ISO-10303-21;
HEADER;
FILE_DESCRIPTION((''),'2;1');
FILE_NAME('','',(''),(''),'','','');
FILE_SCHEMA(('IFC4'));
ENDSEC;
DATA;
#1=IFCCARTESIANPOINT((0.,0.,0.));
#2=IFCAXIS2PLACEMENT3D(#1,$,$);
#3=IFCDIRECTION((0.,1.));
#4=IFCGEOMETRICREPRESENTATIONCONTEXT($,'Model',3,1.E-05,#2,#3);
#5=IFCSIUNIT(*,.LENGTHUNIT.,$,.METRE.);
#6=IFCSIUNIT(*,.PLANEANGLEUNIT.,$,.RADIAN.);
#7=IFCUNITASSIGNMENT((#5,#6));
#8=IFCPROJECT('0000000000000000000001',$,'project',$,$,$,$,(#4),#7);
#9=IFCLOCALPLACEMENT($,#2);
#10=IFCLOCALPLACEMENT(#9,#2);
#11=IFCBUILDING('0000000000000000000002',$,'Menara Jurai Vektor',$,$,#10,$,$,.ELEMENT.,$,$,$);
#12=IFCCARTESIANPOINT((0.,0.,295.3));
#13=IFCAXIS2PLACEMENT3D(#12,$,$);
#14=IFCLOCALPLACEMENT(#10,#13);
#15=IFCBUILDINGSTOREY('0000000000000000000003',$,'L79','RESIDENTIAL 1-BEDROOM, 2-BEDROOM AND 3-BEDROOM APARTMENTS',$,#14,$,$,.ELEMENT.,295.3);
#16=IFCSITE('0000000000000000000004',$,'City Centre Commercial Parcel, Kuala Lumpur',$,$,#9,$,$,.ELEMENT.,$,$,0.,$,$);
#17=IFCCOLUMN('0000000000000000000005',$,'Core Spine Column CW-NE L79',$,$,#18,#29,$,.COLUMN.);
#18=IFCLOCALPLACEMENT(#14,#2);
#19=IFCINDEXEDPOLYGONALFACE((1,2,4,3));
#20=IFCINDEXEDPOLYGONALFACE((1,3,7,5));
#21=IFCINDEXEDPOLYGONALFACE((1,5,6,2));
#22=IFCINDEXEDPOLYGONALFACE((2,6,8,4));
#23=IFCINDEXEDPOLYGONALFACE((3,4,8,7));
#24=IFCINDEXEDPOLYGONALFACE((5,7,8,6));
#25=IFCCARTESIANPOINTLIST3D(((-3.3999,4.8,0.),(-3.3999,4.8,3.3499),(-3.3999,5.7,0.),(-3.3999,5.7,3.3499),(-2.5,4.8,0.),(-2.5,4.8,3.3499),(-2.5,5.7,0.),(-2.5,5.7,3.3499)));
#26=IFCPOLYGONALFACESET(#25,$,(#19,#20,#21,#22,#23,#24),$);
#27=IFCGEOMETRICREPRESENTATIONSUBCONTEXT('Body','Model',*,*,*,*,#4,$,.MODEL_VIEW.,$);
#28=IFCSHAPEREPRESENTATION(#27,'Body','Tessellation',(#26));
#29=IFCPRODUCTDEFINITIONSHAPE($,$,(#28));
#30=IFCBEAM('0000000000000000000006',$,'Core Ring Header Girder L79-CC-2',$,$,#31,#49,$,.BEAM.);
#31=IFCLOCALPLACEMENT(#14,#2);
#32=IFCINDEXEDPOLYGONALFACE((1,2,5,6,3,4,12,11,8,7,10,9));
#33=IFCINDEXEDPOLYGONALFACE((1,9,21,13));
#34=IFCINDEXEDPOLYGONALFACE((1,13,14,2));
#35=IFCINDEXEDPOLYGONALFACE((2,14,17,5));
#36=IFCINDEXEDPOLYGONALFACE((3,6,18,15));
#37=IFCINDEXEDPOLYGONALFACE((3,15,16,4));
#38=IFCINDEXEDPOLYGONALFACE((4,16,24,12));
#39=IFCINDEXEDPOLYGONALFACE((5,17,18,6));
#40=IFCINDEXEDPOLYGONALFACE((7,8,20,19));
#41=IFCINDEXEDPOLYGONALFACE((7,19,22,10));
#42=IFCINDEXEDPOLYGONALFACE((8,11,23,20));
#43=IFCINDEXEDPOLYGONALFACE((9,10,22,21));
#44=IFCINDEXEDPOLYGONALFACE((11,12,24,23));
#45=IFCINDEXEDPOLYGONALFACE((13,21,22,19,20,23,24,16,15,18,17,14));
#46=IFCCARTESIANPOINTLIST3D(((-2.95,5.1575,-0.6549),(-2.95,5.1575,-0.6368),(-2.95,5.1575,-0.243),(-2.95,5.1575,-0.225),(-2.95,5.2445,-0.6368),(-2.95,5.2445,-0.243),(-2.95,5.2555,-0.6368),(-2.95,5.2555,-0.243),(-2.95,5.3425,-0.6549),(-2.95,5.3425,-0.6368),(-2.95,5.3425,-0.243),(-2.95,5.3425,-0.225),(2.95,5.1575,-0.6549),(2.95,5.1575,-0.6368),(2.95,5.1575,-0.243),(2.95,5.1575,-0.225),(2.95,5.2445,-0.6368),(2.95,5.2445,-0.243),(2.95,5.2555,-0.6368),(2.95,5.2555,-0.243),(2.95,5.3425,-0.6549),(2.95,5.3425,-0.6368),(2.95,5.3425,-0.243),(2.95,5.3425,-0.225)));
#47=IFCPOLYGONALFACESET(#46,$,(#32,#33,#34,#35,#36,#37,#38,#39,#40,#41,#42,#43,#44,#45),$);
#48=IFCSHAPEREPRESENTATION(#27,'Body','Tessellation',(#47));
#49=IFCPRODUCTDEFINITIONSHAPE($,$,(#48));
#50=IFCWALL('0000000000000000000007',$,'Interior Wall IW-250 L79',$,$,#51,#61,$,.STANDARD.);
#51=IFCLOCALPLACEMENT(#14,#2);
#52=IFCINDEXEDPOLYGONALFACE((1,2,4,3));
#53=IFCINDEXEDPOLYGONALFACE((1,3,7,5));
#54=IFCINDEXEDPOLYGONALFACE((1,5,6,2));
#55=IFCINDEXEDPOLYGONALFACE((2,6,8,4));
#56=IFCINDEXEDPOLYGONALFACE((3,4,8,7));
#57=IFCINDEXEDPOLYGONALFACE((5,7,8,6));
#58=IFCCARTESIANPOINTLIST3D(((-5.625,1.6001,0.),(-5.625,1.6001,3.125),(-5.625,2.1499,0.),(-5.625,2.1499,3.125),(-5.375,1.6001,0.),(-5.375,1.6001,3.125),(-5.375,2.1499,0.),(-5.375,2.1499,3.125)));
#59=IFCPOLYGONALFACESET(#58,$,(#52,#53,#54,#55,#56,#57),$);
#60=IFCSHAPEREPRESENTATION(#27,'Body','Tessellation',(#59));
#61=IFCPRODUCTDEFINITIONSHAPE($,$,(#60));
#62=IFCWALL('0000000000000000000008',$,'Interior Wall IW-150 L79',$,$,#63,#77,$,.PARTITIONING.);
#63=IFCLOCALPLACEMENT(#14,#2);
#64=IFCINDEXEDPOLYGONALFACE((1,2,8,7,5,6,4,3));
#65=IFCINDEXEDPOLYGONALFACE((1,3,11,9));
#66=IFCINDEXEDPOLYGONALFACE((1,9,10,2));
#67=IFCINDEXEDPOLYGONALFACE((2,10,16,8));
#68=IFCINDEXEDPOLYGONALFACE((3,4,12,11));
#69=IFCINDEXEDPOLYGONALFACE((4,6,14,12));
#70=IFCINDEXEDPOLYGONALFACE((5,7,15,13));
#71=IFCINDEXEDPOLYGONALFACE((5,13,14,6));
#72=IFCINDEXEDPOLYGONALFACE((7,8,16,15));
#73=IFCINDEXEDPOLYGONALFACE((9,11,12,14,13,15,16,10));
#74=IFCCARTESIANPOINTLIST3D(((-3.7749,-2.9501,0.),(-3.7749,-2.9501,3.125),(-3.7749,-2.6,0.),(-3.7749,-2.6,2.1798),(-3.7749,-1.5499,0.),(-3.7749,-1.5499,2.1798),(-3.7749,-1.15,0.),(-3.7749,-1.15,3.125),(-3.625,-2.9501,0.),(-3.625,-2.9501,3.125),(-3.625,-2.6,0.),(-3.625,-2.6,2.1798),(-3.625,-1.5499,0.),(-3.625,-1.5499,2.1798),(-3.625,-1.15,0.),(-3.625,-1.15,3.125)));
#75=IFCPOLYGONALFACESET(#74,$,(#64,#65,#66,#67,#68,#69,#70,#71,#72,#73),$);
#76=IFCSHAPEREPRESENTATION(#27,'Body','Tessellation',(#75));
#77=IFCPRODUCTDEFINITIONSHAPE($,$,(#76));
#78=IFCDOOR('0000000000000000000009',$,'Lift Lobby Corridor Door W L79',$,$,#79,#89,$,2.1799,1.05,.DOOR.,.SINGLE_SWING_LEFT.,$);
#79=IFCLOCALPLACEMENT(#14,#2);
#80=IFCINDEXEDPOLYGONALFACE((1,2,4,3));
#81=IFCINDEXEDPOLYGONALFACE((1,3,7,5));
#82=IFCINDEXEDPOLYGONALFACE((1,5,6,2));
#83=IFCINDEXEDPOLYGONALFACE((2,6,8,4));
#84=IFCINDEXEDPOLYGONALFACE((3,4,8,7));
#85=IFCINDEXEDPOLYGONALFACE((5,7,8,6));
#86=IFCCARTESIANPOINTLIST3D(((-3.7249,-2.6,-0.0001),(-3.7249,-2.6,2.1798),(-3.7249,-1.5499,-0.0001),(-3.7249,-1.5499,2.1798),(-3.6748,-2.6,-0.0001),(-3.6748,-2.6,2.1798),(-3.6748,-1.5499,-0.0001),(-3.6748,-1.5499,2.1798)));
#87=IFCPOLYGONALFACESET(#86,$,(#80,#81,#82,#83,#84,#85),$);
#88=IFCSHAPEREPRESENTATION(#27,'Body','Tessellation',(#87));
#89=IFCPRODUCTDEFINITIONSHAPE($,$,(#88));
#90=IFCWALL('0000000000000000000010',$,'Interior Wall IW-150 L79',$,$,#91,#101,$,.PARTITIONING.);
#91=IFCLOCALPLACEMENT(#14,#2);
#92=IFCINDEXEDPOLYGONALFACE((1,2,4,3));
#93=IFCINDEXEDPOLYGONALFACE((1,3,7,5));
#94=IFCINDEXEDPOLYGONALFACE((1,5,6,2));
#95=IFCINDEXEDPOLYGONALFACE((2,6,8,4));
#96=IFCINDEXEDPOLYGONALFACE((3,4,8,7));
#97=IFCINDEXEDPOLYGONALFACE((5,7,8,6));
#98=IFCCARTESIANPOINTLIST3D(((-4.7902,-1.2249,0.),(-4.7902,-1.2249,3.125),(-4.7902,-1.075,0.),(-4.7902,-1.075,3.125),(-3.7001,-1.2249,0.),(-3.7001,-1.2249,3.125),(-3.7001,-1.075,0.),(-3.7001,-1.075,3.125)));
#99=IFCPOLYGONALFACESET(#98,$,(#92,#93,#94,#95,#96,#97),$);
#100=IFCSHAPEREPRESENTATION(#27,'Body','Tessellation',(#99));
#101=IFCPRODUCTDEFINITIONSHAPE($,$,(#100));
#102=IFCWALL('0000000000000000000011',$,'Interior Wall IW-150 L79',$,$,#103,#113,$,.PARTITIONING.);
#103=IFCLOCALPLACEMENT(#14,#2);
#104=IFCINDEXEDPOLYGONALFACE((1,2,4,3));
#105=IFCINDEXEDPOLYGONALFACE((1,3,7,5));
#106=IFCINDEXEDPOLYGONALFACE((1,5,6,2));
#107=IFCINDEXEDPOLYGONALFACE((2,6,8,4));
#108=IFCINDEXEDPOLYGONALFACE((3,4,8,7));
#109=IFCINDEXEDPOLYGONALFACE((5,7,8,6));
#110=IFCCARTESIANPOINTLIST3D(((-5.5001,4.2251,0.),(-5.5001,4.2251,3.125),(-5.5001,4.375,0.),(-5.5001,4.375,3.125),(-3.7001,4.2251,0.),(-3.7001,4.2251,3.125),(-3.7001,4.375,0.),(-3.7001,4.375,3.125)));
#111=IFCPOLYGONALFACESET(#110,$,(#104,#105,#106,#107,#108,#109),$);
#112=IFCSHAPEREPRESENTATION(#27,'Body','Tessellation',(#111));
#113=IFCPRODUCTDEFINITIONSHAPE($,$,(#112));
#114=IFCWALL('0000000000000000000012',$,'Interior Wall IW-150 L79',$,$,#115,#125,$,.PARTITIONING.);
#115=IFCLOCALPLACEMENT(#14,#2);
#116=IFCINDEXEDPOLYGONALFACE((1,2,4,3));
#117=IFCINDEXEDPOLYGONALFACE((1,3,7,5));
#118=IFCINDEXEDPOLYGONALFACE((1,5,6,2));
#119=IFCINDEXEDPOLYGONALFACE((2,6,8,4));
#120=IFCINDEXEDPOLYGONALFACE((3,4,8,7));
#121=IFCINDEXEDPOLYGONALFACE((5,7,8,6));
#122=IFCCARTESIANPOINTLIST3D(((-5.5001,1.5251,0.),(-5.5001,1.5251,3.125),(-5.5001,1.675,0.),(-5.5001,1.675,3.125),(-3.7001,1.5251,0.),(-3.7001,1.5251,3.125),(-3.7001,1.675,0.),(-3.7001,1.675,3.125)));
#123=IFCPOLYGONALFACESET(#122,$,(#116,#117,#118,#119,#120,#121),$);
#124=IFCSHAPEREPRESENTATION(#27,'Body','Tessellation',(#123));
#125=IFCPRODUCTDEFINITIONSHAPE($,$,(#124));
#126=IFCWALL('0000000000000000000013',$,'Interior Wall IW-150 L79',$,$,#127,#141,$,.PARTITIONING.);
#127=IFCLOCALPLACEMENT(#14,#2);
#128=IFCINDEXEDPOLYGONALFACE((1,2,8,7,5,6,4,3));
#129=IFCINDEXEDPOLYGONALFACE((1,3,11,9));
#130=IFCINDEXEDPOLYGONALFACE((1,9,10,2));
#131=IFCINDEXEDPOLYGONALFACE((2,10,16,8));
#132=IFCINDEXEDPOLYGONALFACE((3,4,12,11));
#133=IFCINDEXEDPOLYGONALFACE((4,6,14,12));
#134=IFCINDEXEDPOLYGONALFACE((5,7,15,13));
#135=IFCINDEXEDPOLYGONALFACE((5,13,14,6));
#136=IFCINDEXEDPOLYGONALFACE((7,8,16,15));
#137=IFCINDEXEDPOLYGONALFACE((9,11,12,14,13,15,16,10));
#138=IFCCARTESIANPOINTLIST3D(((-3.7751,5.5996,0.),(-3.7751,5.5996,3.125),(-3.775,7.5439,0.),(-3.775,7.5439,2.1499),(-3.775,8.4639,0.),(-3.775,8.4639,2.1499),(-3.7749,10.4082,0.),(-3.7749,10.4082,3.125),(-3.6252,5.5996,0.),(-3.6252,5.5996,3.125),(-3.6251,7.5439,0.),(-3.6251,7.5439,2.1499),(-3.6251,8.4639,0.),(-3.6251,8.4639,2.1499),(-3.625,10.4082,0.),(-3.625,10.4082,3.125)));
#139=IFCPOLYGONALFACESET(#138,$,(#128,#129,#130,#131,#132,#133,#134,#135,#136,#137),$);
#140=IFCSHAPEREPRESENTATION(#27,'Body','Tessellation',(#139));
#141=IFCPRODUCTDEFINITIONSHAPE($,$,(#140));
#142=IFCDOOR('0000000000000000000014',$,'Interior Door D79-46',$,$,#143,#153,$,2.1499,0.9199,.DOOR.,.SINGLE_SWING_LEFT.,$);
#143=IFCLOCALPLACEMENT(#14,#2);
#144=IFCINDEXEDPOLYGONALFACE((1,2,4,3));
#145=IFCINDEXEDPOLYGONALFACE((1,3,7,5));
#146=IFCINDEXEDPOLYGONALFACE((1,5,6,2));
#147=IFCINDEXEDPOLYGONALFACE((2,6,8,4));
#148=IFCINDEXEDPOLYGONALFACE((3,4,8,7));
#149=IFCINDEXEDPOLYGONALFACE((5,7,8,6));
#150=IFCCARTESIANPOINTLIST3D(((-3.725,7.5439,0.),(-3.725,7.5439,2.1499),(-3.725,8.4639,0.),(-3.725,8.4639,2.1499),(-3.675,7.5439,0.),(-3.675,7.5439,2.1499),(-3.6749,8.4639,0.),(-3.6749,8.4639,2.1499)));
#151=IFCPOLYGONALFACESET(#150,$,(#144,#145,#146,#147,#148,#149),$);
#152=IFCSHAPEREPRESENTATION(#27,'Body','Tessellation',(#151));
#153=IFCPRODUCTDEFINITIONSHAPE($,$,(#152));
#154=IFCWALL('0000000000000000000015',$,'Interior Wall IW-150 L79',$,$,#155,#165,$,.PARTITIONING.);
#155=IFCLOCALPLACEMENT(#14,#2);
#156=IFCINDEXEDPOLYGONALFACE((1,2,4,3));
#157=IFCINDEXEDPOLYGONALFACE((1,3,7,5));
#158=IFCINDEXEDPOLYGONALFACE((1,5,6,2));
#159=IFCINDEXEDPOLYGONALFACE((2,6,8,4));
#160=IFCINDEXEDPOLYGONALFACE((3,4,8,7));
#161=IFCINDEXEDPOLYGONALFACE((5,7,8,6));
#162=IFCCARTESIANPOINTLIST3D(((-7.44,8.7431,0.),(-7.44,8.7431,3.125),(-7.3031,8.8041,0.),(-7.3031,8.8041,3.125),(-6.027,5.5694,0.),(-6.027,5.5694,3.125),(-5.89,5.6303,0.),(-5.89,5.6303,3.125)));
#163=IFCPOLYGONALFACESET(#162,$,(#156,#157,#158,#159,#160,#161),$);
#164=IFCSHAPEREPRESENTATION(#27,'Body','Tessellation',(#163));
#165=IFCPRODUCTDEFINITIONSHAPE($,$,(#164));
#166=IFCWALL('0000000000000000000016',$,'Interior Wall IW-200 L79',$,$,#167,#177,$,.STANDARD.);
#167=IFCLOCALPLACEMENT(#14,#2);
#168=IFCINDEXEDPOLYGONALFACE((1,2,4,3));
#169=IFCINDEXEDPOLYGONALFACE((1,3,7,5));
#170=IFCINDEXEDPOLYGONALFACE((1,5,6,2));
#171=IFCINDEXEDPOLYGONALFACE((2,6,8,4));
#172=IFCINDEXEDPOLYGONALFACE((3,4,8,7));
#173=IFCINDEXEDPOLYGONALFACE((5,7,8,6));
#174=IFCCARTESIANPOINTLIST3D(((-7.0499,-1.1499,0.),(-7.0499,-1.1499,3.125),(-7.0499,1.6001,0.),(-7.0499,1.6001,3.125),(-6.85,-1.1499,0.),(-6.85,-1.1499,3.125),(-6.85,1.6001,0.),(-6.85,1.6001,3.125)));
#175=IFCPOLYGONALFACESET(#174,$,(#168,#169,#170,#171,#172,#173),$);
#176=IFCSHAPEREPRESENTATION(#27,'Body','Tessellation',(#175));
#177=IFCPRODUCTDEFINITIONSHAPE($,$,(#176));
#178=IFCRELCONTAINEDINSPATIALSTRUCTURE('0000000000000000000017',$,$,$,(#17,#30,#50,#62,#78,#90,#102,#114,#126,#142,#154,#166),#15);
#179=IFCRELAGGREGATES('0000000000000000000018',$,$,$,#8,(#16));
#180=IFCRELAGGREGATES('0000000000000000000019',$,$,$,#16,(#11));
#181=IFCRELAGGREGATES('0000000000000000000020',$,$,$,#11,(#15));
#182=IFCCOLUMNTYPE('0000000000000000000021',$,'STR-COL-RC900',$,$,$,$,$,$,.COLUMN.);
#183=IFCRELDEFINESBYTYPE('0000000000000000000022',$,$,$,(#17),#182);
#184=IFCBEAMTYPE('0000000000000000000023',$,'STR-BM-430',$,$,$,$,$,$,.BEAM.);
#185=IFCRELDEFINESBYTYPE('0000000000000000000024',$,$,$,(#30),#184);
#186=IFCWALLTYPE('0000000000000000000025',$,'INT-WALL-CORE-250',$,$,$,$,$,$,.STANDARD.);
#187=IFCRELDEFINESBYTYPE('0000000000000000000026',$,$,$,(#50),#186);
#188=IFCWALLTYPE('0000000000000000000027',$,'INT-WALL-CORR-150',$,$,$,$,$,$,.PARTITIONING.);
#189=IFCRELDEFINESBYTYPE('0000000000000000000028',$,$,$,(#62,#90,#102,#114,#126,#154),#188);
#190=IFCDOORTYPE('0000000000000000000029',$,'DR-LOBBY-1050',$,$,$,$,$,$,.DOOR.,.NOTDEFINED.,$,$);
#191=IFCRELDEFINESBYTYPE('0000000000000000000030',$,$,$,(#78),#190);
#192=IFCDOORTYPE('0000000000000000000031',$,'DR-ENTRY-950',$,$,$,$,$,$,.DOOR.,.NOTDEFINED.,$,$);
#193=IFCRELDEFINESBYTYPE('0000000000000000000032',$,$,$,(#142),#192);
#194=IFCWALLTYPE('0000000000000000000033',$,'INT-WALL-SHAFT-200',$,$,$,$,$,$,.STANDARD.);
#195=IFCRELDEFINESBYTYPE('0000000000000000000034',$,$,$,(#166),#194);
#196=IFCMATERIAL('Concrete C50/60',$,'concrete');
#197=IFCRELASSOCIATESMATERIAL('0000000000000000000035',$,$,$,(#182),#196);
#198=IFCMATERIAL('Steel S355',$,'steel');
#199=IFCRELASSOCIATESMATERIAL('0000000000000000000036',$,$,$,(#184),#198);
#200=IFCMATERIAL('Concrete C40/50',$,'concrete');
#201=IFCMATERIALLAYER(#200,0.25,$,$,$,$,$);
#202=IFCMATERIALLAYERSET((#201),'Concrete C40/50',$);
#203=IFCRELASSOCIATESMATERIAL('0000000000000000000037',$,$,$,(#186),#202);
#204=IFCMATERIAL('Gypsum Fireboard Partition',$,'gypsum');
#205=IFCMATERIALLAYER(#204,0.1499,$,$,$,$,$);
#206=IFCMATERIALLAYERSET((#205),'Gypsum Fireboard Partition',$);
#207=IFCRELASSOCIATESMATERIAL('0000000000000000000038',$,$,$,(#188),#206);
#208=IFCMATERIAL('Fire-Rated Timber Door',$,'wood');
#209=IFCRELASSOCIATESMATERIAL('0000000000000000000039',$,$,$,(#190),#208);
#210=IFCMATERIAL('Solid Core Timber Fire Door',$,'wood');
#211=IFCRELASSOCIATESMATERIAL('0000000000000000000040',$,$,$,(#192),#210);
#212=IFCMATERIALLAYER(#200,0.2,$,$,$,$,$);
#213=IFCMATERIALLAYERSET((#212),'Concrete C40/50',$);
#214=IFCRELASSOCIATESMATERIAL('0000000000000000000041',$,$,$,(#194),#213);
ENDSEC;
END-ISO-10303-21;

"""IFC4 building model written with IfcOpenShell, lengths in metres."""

from ifc_helpers import new_model, si_unit, direction, frame, frame_2d, origin, origin_2d, place, context, subcontext, project, spatial, rectangle, i_section, extrude, material, layer, layer_set, material_profile, profile_set, type_object, element, fill, save


model = new_model("IFC4")

# Units and contexts
model_context = context("Model", 3, precision=1e-05, world=origin(), true_north=direction((0.0, 1.0)))
body_context = subcontext(model_context, "Body", "Model", "MODEL_VIEW")
ifc_project = project(units=[si_unit("LENGTHUNIT", "METRE"), si_unit("PLANEANGLEUNIT", "RADIAN")], contexts=[model_context])

# Site, building, storey
site_placement = place(None, origin())
site = spatial("IfcSite", under=ifc_project, at=site_placement, Name="City Centre Commercial Parcel, Kuala Lumpur", CompositionType="ELEMENT", RefElevation=0.0)
building_placement = place(site_placement, origin())
building = spatial("IfcBuilding", under=site, at=building_placement, Name="Menara Jurai Vektor", CompositionType="ELEMENT")
storey_placement = place(building_placement, frame((0.0, 0.0, 295.3)))
storey = spatial("IfcBuildingStorey", under=building, at=storey_placement, Name="L79", Description="RESIDENTIAL 1-BEDROOM, 2-BEDROOM AND 3-BEDROOM APARTMENTS", CompositionType="ELEMENT", Elevation=295.3)

# Column
ifc_material_1 = material(Name="Concrete C50/60", Category="concrete")
ifc_material_profile_1 = material_profile(ifc_material_1, rectangle(XDim=0.8999, YDim=0.8999, at=origin_2d()), Name="RC 900x900")
ifc_profile_set_1 = profile_set([ifc_material_profile_1], Name="Concrete C50/60")
column_type = type_object("IfcColumnType", Name="STR-COL-RC900", PredefinedType="COLUMN", material=ifc_profile_set_1)
column_placement = place(storey_placement, frame((-2.95, 5.25, 0.0), z_axis=(0.0, 0.0, 1.0), x_axis=(1.0, 0.0, 0.0)))
element("IfcColumn", 1, at=column_placement, inside=storey, type_object=column_type, Name="Core Spine Column CW-NE L79", PredefinedType="COLUMN", context=body_context, shape_type="SweptSolid", body=[
    extrude(rectangle(XDim=0.8999, YDim=0.8999, at=origin_2d()), origin(), (0.0, 0.0, 1.0), 3.3499),
])

# Beam
ifc_material_2 = material(Name="Steel S355", Category="steel")
ifc_material_profile_2 = material_profile(ifc_material_2, i_section(OverallWidth=0.1851, OverallDepth=0.4299, WebThickness=0.011, FlangeThickness=0.0181, at=origin_2d()), Name="PG 430x185x76")
ifc_profile_set_2 = profile_set([ifc_material_profile_2], Name="Steel S355")
beam_type = type_object("IfcBeamType", Name="STR-BM-430", PredefinedType="BEAM", material=ifc_profile_set_2)
beam_placement = place(storey_placement, frame((-2.95, 5.25, -0.4399), z_axis=(1.0, 0.0, 0.0), x_axis=(0.0, 1.0, 0.0)))
element("IfcBeam", 2, at=beam_placement, inside=storey, type_object=beam_type, Name="Core Ring Header Girder L79-CC-2", PredefinedType="BEAM", context=body_context, shape_type="SweptSolid", body=[
    extrude(i_section(OverallWidth=0.1851, OverallDepth=0.4299, WebThickness=0.011, FlangeThickness=0.0181, at=origin_2d()), origin(), (0.0, 0.0, 1.0), 5.8999),
])

# Wall
ifc_material_3 = material(Name="Concrete C40/50", Category="concrete")
ifc_layer_1 = layer(ifc_material_3, 0.25)
ifc_layer_set_1 = layer_set([ifc_layer_1], Name="Concrete C40/50")
wall_type_1 = type_object("IfcWallType", Name="INT-WALL-CORE-250", PredefinedType="STANDARD", material=ifc_layer_set_1)
wall_1_placement = place(storey_placement, frame((-5.5, 1.6001, 0.0), z_axis=(0.0, 0.0, 1.0), x_axis=(0.0, 1.0, 0.0)))
element("IfcWall", 3, at=wall_1_placement, inside=storey, type_object=wall_type_1, Name="Interior Wall IW-250 L79", PredefinedType="STANDARD", context=body_context, shape_type="SweptSolid", body=[
    extrude(rectangle(XDim=0.5498, YDim=0.25, at=frame_2d((0.2749, 0.0))), origin(), (0.0, 0.0, 1.0), 3.125),
])

# Wall, opening, door
ifc_material_4 = material(Name="Gypsum Fireboard Partition", Category="gypsum")
ifc_layer_2 = layer(ifc_material_4, 0.1499)
ifc_layer_set_2 = layer_set([ifc_layer_2], Name="Gypsum Fireboard Partition")
wall_type_2 = type_object("IfcWallType", Name="INT-WALL-CORR-150", PredefinedType="PARTITIONING", material=ifc_layer_set_2)
wall_2_placement = place(storey_placement, frame((-3.7, -2.95, 0.0), z_axis=(0.0, 0.0, 1.0), x_axis=(0.0, 1.0, 0.0)))
wall_2 = element("IfcWall", 4, at=wall_2_placement, inside=storey, type_object=wall_type_2, Name="Interior Wall IW-150 L79", PredefinedType="PARTITIONING", context=body_context, shape_type="SweptSolid", body=[
    extrude(rectangle(XDim=1.8, YDim=0.1499, at=frame_2d((0.8999, 0.0))), origin(), (0.0, 0.0, 1.0), 3.125),
])
opening_1_placement = place(wall_2_placement, frame((0.3501, 0.0, 0.0)))
opening_1 = element("IfcOpeningElement", 5, at=opening_1_placement, cuts=wall_2, PredefinedType="OPENING", context=body_context, shape_type="SweptSolid", body=[
    extrude(rectangle(XDim=1.05, YDim=2.1799, at=frame_2d((0.5249, 1.0898))), frame((0.0, 0.085, 0.0), z_axis=(0.0, -1.0, 0.0), x_axis=(1.0, 0.0, 0.0)), (0.0, 0.0, 1.0), 0.1699),
])
ifc_material_5 = material(Name="Fire-Rated Timber Door", Category="wood")
door_type_1 = type_object("IfcDoorType", Name="DR-LOBBY-1050", OperationType="NOTDEFINED", PredefinedType="DOOR", material=ifc_material_5)
door_1_placement = place(opening_1_placement, origin())
door_1 = element("IfcDoor", 6, at=door_1_placement, inside=storey, type_object=door_type_1, Name="Lift Lobby Corridor Door W L79", OperationType="SINGLE_SWING_LEFT", OverallHeight=2.1799, OverallWidth=1.05, PredefinedType="DOOR", context=body_context, shape_type="SweptSolid", body=[
    extrude(rectangle(XDim=1.05, YDim=2.1799, at=frame_2d((0.5249, 1.0898))), frame((0.0, 0.0249, 0.0), z_axis=(0.0, -1.0, 0.0), x_axis=(1.0, 0.0, 0.0)), (0.0, 0.0, 1.0), 0.05),
])
fill(opening_1, door_1)

# Walls
wall_3_placement = place(storey_placement, frame((-4.79, -1.1499, 0.0), z_axis=(0.0, 0.0, 1.0), x_axis=(1.0, 0.0, 0.0)))
element("IfcWall", 7, at=wall_3_placement, inside=storey, type_object=wall_type_2, Name="Interior Wall IW-150 L79", PredefinedType="PARTITIONING", context=body_context, shape_type="SweptSolid", body=[
    extrude(rectangle(XDim=1.0901, YDim=0.1499, at=frame_2d((0.5449, 0.0))), origin(), (0.0, 0.0, 1.0), 3.125),
])
for number, where, z_axis, x_axis, name in (
    (8, (-5.5, 4.3, 0.0), (0.0, 0.0, 1.0), (1.0, 0.0, 0.0), "Interior Wall IW-150 L79"),
    (9, (-5.5, 1.6001, 0.0), (0.0, 0.0, 1.0), (1.0, 0.0, 0.0), "Interior Wall IW-150 L79"),
):
    element("IfcWall", number, at=place(storey_placement, frame(where, z_axis=z_axis, x_axis=x_axis)), inside=storey, type_object=wall_type_2, Name=name, PredefinedType="PARTITIONING", context=body_context, shape_type="SweptSolid", body=[
        extrude(rectangle(XDim=1.8, YDim=0.1499, at=frame_2d((0.8999, 0.0))), origin(), (0.0, 0.0, 1.0), 3.125),
    ])

# Wall, opening, door
wall_4_placement = place(storey_placement, frame((-3.7002, 5.5996, 0.0), z_axis=(0.0, 0.0, 1.0), x_axis=(0.000051, 1.0, 0.0)))
wall_4 = element("IfcWall", 10, at=wall_4_placement, inside=storey, type_object=wall_type_2, Name="Interior Wall IW-150 L79", PredefinedType="PARTITIONING", context=body_context, shape_type="SweptSolid", body=[
    extrude(rectangle(XDim=4.8086, YDim=0.1499, at=frame_2d((2.4043, 0.0))), origin(), (0.0, 0.0, 1.0), 3.125),
])
opening_2_placement = place(wall_4_placement, frame((1.9443, 0.0, 0.0)))
opening_2 = element("IfcOpeningElement", 11, at=opening_2_placement, cuts=wall_4, PredefinedType="OPENING", context=body_context, shape_type="SweptSolid", body=[
    extrude(rectangle(XDim=0.9199, YDim=2.1499, at=frame_2d((0.46, 1.075))), frame((0.0, 0.085, 0.0), z_axis=(0.0, -1.0, 0.0), x_axis=(1.0, 0.0, 0.0)), (0.0, 0.0, 1.0), 0.1699),
])
ifc_material_6 = material(Name="Solid Core Timber Fire Door", Category="wood")
door_type_2 = type_object("IfcDoorType", Name="DR-ENTRY-950", OperationType="NOTDEFINED", PredefinedType="DOOR", material=ifc_material_6)
door_2_placement = place(opening_2_placement, origin())
door_2 = element("IfcDoor", 12, at=door_2_placement, inside=storey, type_object=door_type_2, Name="Interior Door D79-46", OperationType="SINGLE_SWING_LEFT", OverallHeight=2.1499, OverallWidth=0.9199, PredefinedType="DOOR", context=body_context, shape_type="SweptSolid", body=[
    extrude(rectangle(XDim=0.9199, YDim=2.1499, at=frame_2d((0.46, 1.075))), frame((0.0, 0.0249, 0.0), z_axis=(0.0, -1.0, 0.0), x_axis=(1.0, 0.0, 0.0)), (0.0, 0.0, 1.0), 0.05),
])
fill(opening_2, door_2)

# Wall
wall_5_placement = place(storey_placement, frame((-5.9585, 5.5999, 0.0), z_axis=(0.0, 0.0, 1.0), x_axis=(-0.406738, 0.913545, 0.0)))
element("IfcWall", 13, at=wall_5_placement, inside=storey, type_object=wall_type_2, Name="Interior Wall IW-150 L79", PredefinedType="PARTITIONING", context=body_context, shape_type="SweptSolid", body=[
    extrude(rectangle(XDim=3.4741, YDim=0.1499, at=frame_2d((1.7371, 0.0))), origin(), (0.0, 0.0, 1.0), 3.125),
])

# Shared definitions
ifc_layer_3 = layer(ifc_material_3, 0.2)
ifc_layer_set_3 = layer_set([ifc_layer_3], Name="Concrete C40/50")
wall_type_3 = type_object("IfcWallType", Name="INT-WALL-SHAFT-200", PredefinedType="STANDARD", material=ifc_layer_set_3)

# Wall
for number, where, z_axis, x_axis, name in (
    (14, (-6.95, -1.1499, 0.0), (0.0, 0.0, 1.0), (0.0, 1.0, 0.0), "Interior Wall IW-200 L79"),
):
    element("IfcWall", number, at=place(storey_placement, frame(where, z_axis=z_axis, x_axis=x_axis)), inside=storey, type_object=wall_type_3, Name=name, PredefinedType="STANDARD", context=body_context, shape_type="SweptSolid", body=[
        extrude(rectangle(XDim=2.75, YDim=0.2, at=frame_2d((1.375, 0.0))), origin(), (0.0, 0.0, 1.0), 3.125),
    ])

save(model, "model.ifc")
